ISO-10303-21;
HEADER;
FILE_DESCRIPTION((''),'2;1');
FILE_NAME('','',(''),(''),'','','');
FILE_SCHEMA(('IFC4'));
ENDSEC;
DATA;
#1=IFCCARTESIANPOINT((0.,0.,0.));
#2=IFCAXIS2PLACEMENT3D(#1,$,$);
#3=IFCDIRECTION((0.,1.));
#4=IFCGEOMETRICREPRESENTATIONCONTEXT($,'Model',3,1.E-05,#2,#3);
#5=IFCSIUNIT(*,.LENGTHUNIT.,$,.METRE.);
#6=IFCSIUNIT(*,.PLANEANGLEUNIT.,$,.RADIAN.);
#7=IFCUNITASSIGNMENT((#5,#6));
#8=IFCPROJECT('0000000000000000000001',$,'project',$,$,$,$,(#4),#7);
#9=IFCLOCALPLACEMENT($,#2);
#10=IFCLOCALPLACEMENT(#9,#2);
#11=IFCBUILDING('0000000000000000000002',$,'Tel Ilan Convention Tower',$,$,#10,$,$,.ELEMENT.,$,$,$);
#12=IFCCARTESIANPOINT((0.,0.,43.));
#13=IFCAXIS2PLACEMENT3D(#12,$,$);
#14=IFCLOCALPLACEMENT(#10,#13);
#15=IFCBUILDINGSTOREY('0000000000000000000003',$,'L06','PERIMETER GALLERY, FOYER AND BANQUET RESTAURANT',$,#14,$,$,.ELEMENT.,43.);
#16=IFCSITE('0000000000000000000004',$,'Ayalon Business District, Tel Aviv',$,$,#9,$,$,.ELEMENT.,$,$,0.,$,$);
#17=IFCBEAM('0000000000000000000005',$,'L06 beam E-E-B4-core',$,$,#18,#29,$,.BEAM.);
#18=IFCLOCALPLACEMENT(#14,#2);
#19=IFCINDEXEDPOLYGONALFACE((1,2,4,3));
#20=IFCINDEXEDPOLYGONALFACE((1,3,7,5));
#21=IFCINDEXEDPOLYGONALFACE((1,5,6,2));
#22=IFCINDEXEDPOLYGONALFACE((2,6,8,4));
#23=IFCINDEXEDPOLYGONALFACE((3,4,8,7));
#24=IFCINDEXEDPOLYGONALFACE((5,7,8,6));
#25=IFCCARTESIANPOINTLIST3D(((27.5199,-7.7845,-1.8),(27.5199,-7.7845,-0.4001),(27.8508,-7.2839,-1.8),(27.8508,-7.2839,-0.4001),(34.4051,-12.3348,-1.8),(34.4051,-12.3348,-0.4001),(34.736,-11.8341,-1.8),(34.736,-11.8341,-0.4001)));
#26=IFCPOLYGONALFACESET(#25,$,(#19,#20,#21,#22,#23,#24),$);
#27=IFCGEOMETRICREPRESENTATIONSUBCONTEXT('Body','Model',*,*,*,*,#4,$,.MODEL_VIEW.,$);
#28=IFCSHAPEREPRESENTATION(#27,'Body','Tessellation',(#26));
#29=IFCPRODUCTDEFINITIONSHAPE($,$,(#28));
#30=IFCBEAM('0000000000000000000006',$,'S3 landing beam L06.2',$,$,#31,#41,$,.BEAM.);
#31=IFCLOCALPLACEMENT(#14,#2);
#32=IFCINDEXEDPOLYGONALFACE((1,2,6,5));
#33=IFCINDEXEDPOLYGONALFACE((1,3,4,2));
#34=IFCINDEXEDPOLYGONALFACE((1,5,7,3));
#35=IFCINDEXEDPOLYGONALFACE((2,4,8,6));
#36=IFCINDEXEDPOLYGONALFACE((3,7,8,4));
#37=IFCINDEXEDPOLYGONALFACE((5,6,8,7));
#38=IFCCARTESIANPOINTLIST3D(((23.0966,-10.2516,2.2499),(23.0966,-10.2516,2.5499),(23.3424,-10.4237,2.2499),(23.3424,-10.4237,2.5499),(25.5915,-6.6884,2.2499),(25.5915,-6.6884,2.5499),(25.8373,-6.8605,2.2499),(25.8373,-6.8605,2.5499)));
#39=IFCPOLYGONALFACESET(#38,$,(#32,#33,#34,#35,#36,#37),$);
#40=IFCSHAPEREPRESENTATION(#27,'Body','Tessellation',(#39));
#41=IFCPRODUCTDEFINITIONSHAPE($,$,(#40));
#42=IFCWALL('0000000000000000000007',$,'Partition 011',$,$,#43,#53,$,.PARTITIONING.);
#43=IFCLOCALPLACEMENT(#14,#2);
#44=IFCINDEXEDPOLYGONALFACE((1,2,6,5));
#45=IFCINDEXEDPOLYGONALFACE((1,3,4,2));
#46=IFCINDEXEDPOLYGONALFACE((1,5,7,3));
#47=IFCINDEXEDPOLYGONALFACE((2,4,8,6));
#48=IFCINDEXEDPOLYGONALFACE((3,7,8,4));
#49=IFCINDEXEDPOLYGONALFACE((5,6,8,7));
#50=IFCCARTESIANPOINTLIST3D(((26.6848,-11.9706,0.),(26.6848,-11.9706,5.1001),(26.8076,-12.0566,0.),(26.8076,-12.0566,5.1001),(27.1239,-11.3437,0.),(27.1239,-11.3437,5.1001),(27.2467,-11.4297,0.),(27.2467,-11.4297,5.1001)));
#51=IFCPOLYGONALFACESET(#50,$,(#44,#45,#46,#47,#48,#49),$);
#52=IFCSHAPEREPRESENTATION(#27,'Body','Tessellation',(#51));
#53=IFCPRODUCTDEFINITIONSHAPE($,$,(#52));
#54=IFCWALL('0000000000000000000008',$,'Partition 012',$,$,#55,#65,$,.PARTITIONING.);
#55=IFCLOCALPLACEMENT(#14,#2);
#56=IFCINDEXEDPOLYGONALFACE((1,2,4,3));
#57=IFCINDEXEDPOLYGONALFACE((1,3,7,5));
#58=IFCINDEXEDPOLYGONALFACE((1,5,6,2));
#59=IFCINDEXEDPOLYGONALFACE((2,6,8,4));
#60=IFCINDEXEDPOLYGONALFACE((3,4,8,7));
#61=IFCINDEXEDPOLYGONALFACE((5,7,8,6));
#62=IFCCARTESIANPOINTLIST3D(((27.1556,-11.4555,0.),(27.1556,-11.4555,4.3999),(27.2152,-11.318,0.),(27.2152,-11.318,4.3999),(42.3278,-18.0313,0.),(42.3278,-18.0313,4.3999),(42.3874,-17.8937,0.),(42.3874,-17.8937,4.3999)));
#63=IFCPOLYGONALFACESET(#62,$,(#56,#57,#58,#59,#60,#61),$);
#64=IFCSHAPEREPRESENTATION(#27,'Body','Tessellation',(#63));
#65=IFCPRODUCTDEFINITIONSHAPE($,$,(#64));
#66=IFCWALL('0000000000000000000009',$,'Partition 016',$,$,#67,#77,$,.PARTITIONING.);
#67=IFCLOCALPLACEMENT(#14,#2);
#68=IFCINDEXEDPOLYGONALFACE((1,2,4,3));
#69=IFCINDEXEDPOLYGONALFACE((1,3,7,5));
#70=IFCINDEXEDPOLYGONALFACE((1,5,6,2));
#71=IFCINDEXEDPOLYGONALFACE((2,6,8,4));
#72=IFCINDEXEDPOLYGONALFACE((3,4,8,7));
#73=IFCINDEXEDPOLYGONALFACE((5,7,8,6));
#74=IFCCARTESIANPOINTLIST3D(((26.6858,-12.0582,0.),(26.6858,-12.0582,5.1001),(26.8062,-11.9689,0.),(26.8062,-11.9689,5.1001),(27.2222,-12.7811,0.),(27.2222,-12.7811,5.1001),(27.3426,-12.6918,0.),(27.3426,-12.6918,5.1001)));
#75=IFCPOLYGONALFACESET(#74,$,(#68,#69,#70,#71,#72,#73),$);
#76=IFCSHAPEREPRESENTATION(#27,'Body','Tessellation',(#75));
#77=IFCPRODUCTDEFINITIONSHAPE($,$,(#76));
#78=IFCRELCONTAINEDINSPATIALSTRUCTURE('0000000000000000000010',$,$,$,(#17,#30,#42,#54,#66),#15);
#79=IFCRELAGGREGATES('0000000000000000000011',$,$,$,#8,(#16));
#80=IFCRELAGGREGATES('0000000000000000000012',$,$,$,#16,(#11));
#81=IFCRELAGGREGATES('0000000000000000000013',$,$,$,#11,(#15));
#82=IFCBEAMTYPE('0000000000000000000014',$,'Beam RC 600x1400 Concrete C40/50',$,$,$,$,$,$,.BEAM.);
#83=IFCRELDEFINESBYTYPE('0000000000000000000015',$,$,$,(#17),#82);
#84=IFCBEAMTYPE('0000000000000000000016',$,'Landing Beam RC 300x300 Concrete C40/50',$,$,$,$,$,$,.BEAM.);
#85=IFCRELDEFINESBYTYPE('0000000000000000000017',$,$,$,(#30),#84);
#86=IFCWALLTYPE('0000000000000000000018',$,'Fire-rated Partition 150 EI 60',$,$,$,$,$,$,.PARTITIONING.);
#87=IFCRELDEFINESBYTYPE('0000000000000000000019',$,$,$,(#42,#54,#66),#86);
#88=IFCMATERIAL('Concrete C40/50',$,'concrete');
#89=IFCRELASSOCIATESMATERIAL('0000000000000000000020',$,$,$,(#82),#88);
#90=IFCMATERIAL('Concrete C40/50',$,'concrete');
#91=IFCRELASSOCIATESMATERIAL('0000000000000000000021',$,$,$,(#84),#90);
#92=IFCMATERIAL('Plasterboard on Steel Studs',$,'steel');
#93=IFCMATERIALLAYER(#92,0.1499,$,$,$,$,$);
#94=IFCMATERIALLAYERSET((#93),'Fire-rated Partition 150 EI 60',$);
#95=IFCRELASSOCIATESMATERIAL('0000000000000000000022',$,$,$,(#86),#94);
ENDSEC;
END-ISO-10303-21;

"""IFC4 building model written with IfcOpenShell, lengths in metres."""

from ifc_helpers import new_model, si_unit, direction, frame, frame_2d, origin, origin_2d, place, context, subcontext, project, spatial, rectangle, extrude, material, layer, layer_set, material_profile, profile_set, type_object, element, save


model = new_model("IFC4")

# Units and contexts
model_context = context("Model", 3, precision=1e-05, world=origin(), true_north=direction((0.0, 1.0)))
body_context = subcontext(model_context, "Body", "Model", "MODEL_VIEW")
ifc_project = project(units=[si_unit("LENGTHUNIT", "METRE"), si_unit("PLANEANGLEUNIT", "RADIAN")], contexts=[model_context])

# Site, building, storey
site_placement = place(None, origin())
site = spatial("IfcSite", under=ifc_project, at=site_placement, Name="Ayalon Business District, Tel Aviv", CompositionType="ELEMENT", RefElevation=0.0)
building_placement = place(site_placement, origin())
building = spatial("IfcBuilding", under=site, at=building_placement, Name="Tel Ilan Convention Tower", CompositionType="ELEMENT")
storey_placement = place(building_placement, frame((0.0, 0.0, 43.0)))
storey = spatial("IfcBuildingStorey", under=building, at=storey_placement, Name="L06", Description="PERIMETER GALLERY, FOYER AND BANQUET RESTAURANT", CompositionType="ELEMENT", Elevation=43.0)

# Beams
ifc_material_1 = material(Name="Concrete C40/50", Category="concrete")
ifc_material_profile_1 = material_profile(ifc_material_1, rectangle(XDim=0.6001, YDim=1.3999, at=origin_2d()), Name="RC 600x1400")
ifc_profile_set_1 = profile_set([ifc_material_profile_1], Name="Concrete C40/50")
beam_type_1 = type_object("IfcBeamType", Name="Beam RC 600x1400 Concrete C40/50", PredefinedType="BEAM", material=ifc_profile_set_1)
beam_1_placement = place(storey_placement, frame((34.5706, -12.0845, -1.1001), z_axis=(-0.834274, 0.551351, 0.0), x_axis=(-0.551351, -0.834274, 0.0)))
element("IfcBeam", 1, at=beam_1_placement, inside=storey, type_object=beam_type_1, Name="L06 beam E-E-B4-core", PredefinedType="BEAM", context=body_context, shape_type="SweptSolid", body=[
    extrude(rectangle(XDim=0.6001, YDim=1.3999, at=origin_2d()), origin(), (0.0, 0.0, 1.0), 8.2529),
])
ifc_material_2 = material(Name="Concrete C40/50", Category="concrete")
ifc_material_profile_2 = material_profile(ifc_material_2, rectangle(XDim=0.3, YDim=0.3, at=origin_2d()), Name="RC 300x300")
ifc_profile_set_2 = profile_set([ifc_material_profile_2], Name="Concrete C40/50")
beam_type_2 = type_object("IfcBeamType", Name="Landing Beam RC 300x300 Concrete C40/50", PredefinedType="BEAM", material=ifc_profile_set_2)
beam_2_placement = place(storey_placement, frame((25.7144, -6.7744, 2.3999), z_axis=(-0.573557, -0.819166, 0.0), x_axis=(0.819166, -0.573557, 0.0)))
element("IfcBeam", 2, at=beam_2_placement, inside=storey, type_object=beam_type_2, Name="S3 landing beam L06.2", PredefinedType="BEAM", context=body_context, shape_type="SweptSolid", body=[
    extrude(rectangle(XDim=0.3, YDim=0.3, at=origin_2d()), origin(), (0.0, 0.0, 1.0), 4.3499),
])

# Walls
ifc_material_3 = material(Name="Plasterboard on Steel Studs", Category="steel")
ifc_layer_1 = layer(ifc_material_3, 0.1499)
ifc_layer_set_1 = layer_set([ifc_layer_1], Name="Fire-rated Partition 150 EI 60")
wall_type_1 = type_object("IfcWallType", Name="Fire-rated Partition 150 EI 60", PredefinedType="PARTITIONING", material=ifc_layer_set_1)
wall_1_placement = place(storey_placement, frame((26.7461, -12.0137, 0.0), z_axis=(0.0, 0.0, 1.0), x_axis=(0.573762, 0.819022, 0.0)))
element("IfcWall", 3, at=wall_1_placement, inside=storey, type_object=wall_type_1, Name="Partition 011", PredefinedType="PARTITIONING", context=body_context, shape_type="SweptSolid", body=[
    extrude(rectangle(XDim=0.7654, YDim=0.1499, at=frame_2d((0.3828, 0.0))), origin(), (0.0, 0.0, 1.0), 5.1001),
])
wall_2_placement = place(storey_placement, frame((27.1853, -11.3867, 0.0), z_axis=(0.0, 0.0, 1.0), x_axis=(0.917531, -0.397663, 0.0)))
element("IfcWall", 4, at=wall_2_placement, inside=storey, type_object=wall_type_1, Name="Partition 012", PredefinedType="PARTITIONING", context=body_context, shape_type="SweptSolid", body=[
    extrude(rectangle(XDim=16.5359, YDim=0.1499, at=frame_2d((8.2681, 0.0))), origin(), (0.0, 0.0, 1.0), 4.3999),
])
wall_3_placement = place(storey_placement, frame((27.2825, -12.7366, 0.0), z_axis=(0.0, 0.0, 1.0), x_axis=(-0.595869, 0.803081, 0.0)))
element("IfcWall", 5, at=wall_3_placement, inside=storey, type_object=wall_type_1, Name="Partition 016", PredefinedType="PARTITIONING", context=body_context, shape_type="SweptSolid", body=[
    extrude(rectangle(XDim=0.9001, YDim=0.1499, at=frame_2d((0.4502, 0.0))), origin(), (0.0, 0.0, 1.0), 5.1001),
])

save(model, "model.ifc")
